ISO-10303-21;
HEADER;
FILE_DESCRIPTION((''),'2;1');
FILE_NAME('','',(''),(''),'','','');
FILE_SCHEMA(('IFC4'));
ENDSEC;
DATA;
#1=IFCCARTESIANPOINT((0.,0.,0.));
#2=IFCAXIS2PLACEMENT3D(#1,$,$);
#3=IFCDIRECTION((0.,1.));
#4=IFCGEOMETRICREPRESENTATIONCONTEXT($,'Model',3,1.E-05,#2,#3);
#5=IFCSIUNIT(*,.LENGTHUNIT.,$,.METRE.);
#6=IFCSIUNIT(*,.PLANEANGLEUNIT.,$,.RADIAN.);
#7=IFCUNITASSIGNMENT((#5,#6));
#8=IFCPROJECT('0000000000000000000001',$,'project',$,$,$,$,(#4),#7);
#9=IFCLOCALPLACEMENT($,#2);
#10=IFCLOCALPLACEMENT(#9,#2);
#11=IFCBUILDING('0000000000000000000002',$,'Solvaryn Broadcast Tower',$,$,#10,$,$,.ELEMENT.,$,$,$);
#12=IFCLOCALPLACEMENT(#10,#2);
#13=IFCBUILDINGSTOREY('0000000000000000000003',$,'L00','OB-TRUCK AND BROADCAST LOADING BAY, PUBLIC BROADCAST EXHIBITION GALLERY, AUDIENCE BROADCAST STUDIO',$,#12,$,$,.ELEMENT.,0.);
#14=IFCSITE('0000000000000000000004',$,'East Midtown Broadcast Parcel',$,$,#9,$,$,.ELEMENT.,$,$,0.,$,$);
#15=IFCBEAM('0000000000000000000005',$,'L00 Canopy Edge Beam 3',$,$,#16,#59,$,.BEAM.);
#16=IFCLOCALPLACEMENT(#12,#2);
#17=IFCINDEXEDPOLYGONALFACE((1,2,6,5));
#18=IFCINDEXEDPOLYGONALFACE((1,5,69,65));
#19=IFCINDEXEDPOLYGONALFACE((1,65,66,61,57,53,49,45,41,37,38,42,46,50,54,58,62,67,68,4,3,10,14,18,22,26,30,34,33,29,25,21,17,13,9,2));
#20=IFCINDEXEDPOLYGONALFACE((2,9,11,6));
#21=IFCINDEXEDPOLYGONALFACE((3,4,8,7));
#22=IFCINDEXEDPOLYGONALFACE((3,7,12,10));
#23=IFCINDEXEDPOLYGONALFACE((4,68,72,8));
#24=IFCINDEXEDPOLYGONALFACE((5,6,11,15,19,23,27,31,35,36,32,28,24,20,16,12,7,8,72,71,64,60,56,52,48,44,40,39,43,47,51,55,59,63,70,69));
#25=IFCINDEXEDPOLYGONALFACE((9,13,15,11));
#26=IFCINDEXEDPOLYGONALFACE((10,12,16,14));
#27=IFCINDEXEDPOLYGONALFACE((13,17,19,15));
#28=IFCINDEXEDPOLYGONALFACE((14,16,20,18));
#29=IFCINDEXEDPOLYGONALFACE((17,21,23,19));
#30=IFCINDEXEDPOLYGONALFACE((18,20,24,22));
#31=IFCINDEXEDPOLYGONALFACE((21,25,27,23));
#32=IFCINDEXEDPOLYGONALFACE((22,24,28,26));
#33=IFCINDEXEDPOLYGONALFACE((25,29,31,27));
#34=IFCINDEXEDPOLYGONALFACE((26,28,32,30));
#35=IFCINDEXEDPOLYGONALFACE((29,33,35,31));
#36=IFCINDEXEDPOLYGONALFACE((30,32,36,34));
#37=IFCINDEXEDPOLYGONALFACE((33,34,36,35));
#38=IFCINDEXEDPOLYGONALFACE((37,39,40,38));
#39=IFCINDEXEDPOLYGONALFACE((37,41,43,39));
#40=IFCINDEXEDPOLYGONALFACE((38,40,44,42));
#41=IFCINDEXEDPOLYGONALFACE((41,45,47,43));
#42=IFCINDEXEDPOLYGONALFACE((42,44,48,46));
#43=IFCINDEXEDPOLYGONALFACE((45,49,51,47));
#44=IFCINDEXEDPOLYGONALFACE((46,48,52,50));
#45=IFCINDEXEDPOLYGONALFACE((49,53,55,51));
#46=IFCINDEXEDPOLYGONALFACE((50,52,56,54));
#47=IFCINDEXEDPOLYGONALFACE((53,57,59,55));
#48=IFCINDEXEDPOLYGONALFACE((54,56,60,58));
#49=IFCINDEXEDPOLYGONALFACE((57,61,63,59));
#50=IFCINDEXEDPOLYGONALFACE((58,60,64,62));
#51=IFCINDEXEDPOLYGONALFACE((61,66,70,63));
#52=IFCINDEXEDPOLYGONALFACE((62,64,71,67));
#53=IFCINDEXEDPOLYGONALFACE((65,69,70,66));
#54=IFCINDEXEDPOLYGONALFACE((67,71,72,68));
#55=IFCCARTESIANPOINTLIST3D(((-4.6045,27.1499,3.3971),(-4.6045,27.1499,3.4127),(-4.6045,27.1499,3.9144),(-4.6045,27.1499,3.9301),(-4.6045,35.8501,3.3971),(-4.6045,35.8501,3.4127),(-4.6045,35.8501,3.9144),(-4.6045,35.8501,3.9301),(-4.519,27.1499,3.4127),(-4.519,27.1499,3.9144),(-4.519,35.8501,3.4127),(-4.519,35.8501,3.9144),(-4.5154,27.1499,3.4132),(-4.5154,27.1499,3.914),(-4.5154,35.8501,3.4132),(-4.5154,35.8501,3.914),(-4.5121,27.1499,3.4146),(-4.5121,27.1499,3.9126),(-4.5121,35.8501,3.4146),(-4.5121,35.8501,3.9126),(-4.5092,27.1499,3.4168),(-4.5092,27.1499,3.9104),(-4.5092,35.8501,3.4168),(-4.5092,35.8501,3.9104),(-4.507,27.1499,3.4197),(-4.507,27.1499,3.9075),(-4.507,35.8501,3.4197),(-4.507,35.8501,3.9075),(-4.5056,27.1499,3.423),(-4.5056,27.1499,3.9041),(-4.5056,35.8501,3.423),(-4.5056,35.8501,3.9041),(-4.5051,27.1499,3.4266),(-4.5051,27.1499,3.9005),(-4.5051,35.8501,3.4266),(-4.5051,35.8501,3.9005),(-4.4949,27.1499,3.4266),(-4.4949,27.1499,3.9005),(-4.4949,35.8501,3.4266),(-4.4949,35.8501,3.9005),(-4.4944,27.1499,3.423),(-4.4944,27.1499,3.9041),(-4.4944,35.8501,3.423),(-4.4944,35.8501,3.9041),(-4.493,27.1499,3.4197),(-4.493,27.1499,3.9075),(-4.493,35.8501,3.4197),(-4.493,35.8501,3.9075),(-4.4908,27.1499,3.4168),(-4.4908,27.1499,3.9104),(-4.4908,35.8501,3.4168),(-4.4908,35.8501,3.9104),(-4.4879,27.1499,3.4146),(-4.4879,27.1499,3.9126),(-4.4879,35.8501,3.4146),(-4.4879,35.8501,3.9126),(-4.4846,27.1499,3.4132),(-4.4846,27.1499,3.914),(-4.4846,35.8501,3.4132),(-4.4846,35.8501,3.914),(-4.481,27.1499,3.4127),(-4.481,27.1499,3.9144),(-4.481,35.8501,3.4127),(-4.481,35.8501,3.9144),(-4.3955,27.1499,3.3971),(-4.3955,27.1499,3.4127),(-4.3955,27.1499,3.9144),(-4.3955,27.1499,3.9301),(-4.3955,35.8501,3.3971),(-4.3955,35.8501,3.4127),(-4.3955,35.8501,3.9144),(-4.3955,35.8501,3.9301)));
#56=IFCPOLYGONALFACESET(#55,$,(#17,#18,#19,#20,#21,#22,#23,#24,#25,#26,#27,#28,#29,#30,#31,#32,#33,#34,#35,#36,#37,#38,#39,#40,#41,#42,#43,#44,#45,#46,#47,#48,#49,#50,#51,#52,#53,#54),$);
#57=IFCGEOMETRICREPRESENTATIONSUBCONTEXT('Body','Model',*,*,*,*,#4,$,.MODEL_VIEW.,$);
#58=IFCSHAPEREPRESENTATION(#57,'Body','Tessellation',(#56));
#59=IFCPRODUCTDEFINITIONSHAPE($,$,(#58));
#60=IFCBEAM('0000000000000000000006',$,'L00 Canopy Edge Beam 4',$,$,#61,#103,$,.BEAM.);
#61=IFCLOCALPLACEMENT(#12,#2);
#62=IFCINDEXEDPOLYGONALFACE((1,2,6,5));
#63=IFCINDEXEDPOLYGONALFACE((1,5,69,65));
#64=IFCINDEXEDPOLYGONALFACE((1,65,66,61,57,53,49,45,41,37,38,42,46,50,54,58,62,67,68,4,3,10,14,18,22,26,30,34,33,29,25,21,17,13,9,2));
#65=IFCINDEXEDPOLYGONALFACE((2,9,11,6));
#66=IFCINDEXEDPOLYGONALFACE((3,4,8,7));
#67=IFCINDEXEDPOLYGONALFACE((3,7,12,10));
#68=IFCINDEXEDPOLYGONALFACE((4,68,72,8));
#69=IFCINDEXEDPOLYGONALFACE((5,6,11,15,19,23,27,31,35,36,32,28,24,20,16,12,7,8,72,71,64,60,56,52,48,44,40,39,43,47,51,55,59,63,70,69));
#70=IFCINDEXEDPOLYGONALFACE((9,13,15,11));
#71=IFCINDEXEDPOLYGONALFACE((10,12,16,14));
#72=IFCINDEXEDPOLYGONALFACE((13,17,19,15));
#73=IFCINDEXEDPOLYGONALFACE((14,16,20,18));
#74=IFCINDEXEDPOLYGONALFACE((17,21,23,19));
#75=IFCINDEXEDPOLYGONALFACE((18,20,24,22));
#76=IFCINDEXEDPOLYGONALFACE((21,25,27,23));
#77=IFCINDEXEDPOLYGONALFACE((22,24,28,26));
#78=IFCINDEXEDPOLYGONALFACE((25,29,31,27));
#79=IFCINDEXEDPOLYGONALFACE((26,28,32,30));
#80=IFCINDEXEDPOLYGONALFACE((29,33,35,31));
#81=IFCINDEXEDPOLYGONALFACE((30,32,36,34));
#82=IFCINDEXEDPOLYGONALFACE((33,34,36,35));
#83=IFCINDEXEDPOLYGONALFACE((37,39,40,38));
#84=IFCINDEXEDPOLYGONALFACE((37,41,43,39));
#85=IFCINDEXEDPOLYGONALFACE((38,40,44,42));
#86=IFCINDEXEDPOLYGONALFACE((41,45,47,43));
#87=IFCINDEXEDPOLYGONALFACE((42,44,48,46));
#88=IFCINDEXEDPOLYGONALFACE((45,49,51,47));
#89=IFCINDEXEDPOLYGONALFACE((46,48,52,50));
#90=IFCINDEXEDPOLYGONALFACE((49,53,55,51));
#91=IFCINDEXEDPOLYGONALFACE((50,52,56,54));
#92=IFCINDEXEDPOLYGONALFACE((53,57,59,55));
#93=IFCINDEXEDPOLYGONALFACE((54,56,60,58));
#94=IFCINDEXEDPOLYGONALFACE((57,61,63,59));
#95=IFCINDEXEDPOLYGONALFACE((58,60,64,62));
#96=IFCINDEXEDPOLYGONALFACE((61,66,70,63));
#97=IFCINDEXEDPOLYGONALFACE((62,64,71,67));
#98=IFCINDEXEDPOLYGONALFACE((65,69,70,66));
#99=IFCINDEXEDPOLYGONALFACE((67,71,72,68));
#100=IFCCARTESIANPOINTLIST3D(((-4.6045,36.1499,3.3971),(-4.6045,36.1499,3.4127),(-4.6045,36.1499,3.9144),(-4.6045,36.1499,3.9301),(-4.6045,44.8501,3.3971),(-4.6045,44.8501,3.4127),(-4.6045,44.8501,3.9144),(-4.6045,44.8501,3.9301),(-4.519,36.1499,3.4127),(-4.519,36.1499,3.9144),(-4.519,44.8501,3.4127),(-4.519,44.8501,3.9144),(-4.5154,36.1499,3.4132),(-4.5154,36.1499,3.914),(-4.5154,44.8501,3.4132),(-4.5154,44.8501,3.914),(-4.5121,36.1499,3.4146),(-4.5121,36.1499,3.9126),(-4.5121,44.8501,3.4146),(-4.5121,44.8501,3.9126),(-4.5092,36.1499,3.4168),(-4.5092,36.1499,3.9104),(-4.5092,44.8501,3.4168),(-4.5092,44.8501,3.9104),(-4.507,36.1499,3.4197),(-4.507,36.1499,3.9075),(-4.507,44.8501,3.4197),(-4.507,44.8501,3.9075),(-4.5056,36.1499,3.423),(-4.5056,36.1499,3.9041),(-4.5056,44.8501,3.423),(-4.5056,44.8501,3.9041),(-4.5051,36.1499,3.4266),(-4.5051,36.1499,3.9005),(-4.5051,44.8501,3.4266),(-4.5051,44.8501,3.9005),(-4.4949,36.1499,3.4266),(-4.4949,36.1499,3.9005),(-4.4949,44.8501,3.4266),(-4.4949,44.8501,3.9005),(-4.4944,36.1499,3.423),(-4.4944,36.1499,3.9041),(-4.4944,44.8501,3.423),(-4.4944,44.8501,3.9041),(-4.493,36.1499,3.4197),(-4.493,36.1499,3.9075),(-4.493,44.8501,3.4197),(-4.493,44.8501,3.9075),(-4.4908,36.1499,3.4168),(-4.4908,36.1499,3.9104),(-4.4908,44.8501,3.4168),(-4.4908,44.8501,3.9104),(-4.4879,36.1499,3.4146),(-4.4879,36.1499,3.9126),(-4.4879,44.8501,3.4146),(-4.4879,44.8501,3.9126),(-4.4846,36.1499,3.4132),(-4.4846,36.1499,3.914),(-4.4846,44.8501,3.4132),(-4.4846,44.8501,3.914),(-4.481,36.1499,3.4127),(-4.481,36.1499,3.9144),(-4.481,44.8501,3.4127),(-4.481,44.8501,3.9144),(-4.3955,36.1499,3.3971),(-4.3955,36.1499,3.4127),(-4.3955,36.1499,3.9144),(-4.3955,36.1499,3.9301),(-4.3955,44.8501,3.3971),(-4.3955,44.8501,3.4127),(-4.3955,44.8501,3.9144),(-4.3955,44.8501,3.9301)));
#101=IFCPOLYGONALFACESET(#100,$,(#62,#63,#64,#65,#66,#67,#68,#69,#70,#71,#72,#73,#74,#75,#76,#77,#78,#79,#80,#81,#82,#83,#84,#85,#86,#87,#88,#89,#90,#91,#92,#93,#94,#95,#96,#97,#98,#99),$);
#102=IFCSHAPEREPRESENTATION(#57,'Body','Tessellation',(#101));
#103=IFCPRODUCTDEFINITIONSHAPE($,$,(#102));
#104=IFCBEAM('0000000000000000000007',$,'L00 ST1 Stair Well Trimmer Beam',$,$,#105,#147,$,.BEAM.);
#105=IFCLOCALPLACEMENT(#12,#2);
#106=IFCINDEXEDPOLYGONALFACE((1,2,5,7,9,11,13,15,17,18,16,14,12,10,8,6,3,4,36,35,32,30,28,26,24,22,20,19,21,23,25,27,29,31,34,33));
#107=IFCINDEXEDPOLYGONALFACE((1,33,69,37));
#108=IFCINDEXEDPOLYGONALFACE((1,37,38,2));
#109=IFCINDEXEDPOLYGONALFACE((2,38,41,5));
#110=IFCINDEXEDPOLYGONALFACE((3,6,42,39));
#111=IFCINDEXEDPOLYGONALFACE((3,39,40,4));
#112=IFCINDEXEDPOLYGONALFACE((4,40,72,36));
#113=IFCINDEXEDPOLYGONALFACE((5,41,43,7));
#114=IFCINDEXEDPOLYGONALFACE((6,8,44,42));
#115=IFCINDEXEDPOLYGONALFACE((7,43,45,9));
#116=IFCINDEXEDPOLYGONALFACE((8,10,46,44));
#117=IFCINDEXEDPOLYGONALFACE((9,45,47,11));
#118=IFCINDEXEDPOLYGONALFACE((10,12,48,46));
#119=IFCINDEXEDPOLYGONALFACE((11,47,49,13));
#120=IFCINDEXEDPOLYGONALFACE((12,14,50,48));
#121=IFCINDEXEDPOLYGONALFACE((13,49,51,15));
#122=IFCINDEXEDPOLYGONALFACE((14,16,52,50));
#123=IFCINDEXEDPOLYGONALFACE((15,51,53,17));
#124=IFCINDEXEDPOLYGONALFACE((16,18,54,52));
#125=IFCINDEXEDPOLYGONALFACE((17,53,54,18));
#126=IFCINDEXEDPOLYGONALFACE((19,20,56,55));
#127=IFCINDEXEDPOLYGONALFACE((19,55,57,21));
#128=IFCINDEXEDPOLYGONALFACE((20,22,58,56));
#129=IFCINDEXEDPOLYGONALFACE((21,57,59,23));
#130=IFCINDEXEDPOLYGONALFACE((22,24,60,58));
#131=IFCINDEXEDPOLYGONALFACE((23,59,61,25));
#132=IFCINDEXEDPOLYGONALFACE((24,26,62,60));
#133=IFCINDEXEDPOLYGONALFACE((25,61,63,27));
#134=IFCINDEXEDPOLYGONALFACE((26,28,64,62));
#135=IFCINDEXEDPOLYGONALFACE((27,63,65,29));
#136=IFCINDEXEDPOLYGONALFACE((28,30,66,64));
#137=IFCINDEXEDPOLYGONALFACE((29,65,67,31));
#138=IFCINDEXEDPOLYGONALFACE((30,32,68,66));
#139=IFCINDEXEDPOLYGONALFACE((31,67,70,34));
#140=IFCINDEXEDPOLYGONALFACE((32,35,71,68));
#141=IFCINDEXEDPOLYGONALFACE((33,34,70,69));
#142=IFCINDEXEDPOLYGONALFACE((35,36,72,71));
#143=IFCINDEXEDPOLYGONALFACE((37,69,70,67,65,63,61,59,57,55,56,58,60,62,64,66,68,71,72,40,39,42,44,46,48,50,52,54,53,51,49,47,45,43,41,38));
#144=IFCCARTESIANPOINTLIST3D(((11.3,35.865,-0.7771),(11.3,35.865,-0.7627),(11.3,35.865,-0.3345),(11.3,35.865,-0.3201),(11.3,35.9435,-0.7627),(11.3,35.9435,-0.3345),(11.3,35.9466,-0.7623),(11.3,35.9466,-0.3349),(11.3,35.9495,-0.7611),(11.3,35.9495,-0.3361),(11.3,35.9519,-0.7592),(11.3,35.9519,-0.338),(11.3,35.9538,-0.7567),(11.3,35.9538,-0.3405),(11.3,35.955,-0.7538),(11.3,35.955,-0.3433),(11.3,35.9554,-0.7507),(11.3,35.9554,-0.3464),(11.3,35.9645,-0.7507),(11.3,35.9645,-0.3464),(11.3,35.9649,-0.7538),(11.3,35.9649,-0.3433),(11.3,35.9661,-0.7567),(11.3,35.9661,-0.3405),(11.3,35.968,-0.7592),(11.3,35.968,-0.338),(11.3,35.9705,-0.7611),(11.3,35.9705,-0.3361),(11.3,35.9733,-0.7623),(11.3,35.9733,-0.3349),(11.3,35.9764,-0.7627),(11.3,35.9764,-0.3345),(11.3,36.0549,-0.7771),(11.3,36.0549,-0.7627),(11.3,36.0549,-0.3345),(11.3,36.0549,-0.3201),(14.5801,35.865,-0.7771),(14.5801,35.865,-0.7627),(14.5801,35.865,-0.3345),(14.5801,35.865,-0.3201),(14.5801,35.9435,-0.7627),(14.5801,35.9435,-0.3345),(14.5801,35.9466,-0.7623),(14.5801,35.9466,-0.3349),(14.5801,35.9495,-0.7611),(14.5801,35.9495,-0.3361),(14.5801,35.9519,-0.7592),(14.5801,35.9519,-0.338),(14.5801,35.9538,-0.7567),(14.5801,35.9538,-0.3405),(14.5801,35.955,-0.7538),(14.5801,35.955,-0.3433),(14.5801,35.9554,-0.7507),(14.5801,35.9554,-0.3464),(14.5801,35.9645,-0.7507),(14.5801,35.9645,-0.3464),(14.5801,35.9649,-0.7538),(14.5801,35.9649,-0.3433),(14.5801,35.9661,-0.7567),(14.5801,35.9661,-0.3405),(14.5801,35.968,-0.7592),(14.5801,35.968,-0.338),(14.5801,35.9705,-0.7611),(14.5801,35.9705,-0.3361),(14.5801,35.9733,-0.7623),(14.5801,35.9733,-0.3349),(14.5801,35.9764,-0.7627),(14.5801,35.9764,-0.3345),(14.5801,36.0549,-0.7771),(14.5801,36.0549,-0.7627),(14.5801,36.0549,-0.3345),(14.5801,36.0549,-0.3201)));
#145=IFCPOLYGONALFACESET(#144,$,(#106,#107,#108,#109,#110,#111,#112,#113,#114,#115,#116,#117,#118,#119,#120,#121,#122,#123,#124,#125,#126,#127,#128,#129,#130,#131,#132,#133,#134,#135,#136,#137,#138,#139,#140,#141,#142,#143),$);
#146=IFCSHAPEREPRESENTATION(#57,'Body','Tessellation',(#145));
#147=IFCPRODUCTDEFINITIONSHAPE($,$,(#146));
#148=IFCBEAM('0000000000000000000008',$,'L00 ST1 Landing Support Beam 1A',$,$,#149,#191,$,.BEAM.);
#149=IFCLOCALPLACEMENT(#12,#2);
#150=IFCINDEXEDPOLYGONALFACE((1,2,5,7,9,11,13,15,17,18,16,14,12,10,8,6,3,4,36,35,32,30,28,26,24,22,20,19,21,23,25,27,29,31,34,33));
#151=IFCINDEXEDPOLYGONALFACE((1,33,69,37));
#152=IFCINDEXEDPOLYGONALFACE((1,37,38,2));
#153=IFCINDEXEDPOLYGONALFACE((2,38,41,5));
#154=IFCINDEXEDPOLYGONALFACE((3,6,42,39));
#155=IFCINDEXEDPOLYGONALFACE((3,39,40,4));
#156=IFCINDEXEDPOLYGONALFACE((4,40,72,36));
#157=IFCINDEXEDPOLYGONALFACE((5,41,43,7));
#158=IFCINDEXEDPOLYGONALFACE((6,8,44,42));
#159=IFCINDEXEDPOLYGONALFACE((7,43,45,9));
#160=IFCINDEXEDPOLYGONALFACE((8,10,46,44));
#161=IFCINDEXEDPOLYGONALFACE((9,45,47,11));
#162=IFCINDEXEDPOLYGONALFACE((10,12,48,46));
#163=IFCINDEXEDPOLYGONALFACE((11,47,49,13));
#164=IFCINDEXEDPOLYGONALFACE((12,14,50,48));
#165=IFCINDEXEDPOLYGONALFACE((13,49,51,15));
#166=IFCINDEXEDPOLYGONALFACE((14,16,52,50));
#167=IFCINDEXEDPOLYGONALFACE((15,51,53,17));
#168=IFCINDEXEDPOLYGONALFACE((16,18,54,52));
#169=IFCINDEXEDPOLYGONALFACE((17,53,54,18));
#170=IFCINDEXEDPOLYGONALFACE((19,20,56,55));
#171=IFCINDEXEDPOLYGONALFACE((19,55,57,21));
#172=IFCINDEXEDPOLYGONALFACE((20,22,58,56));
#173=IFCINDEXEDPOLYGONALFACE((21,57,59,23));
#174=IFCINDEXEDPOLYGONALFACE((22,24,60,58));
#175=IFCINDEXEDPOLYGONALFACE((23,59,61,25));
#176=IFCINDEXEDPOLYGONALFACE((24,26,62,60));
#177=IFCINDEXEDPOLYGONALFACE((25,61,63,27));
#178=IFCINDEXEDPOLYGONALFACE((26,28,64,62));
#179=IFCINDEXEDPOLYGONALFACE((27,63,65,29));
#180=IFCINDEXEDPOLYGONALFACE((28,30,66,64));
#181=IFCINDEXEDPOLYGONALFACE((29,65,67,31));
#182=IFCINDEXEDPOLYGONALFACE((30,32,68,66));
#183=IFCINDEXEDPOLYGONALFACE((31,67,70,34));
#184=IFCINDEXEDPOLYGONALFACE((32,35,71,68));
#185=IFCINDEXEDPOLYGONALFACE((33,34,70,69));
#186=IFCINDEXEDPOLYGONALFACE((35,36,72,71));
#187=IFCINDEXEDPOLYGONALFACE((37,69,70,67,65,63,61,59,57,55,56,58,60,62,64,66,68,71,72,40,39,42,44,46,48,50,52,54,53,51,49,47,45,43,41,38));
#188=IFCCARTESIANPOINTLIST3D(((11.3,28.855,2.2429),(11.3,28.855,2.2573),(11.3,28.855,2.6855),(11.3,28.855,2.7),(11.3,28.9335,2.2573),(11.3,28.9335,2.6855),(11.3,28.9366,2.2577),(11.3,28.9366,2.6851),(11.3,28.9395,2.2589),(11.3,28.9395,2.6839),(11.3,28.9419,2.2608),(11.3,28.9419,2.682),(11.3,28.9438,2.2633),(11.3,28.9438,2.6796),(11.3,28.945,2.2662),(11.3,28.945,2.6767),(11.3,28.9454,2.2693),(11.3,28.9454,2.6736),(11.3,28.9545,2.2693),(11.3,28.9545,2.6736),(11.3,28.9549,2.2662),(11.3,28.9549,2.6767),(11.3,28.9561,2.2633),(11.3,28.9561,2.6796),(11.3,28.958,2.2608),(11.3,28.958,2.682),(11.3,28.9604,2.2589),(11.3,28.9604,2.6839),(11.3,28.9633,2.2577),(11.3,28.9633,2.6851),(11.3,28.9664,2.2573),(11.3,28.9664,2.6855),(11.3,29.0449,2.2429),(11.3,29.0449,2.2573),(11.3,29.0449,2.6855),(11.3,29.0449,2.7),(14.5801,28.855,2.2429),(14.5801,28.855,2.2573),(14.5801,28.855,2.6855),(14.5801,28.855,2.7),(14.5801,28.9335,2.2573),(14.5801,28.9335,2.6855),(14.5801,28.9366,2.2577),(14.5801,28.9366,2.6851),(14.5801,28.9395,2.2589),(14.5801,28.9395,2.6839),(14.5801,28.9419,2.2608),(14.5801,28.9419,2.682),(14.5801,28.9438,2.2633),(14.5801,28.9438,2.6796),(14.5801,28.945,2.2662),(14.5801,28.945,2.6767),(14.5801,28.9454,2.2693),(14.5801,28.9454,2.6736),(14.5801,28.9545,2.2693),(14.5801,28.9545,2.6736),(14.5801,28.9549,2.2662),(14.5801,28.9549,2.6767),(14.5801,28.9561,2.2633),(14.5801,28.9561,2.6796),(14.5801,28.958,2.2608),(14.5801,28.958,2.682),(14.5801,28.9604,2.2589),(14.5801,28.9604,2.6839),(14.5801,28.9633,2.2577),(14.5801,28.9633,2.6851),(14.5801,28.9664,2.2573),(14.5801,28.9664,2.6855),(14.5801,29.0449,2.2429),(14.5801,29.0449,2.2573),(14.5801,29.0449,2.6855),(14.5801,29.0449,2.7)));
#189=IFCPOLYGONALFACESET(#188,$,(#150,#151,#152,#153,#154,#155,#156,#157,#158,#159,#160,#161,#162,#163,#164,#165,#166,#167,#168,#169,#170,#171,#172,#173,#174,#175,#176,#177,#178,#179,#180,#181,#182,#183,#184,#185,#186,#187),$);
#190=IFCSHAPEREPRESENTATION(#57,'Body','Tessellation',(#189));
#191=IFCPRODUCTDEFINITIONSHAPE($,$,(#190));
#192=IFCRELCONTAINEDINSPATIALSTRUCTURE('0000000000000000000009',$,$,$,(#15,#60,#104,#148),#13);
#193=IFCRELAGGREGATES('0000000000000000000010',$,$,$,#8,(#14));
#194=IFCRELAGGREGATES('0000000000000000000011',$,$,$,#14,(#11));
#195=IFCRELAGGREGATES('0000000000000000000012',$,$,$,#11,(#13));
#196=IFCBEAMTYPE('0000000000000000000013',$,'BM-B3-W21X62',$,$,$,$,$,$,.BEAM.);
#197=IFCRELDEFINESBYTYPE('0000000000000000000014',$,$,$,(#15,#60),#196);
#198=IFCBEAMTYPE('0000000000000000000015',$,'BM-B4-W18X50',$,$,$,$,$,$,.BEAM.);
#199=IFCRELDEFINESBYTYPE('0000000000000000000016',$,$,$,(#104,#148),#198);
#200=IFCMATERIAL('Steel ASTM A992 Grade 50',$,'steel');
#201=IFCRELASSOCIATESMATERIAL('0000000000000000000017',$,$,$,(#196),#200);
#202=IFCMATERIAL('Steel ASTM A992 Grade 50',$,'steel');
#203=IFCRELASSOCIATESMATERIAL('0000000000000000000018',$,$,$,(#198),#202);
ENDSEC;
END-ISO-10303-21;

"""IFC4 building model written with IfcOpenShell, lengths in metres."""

from ifc_helpers import new_model, si_unit, direction, frame, origin, origin_2d, place, context, subcontext, project, spatial, i_section, extrude, material, material_profile, profile_set, type_object, element, save


model = new_model("IFC4")

# Units and contexts
model_context = context("Model", 3, precision=1e-05, world=origin(), true_north=direction((0.0, 1.0)))
body_context = subcontext(model_context, "Body", "Model", "MODEL_VIEW")
ifc_project = project(units=[si_unit("LENGTHUNIT", "METRE"), si_unit("PLANEANGLEUNIT", "RADIAN")], contexts=[model_context])

# Site, building, storey
site_placement = place(None, origin())
site = spatial("IfcSite", under=ifc_project, at=site_placement, Name="East Midtown Broadcast Parcel", CompositionType="ELEMENT", RefElevation=0.0)
building_placement = place(site_placement, origin())
building = spatial("IfcBuilding", under=site, at=building_placement, Name="Solvaryn Broadcast Tower", CompositionType="ELEMENT")
storey_placement = place(building_placement, origin())
storey = spatial("IfcBuildingStorey", under=building, at=storey_placement, Name="L00", Description="OB-TRUCK AND BROADCAST LOADING BAY, PUBLIC BROADCAST EXHIBITION GALLERY, AUDIENCE BROADCAST STUDIO", CompositionType="ELEMENT", Elevation=0.0)

# Beams
ifc_material_1 = material(Name="Steel ASTM A992 Grade 50", Category="steel")
ifc_material_profile_1 = material_profile(ifc_material_1, i_section(OverallWidth=0.209, OverallDepth=0.533, WebThickness=0.0103, FlangeThickness=0.0156, FilletRadius=0.0139, at=origin_2d()))
ifc_profile_set_1 = profile_set([ifc_material_profile_1], Name="Steel ASTM A992 Grade 50")
beam_type_1 = type_object("IfcBeamType", Name="BM-B3-W21X62", PredefinedType="BEAM", material=ifc_profile_set_1)
for number, where, z_axis, x_axis, name in (
    (1, (-4.5, 27.1499, 3.6636), (0.0, 1.0, 0.0), (-1.0, 0.0, 0.0), "L00 Canopy Edge Beam 3"),
    (2, (-4.5, 36.1499, 3.6636), (0.0, 1.0, 0.0), (-1.0, 0.0, 0.0), "L00 Canopy Edge Beam 4"),
):
    element("IfcBeam", number, at=place(storey_placement, frame(where, z_axis=z_axis, x_axis=x_axis)), inside=storey, type_object=beam_type_1, Name=name, PredefinedType="BEAM", context=body_context, shape_type="SweptSolid", body=[
        extrude(i_section(OverallWidth=0.209, OverallDepth=0.533, WebThickness=0.0103, FlangeThickness=0.0156, FilletRadius=0.0139, at=origin_2d()), origin(), (0.0, 0.0, 1.0), 8.7002),
    ])
ifc_material_2 = material(Name="Steel ASTM A992 Grade 50", Category="steel")
ifc_material_profile_2 = material_profile(ifc_material_2, i_section(OverallWidth=0.1899, OverallDepth=0.457, WebThickness=0.009, FlangeThickness=0.0144, FilletRadius=0.012, at=origin_2d()))
ifc_profile_set_2 = profile_set([ifc_material_profile_2], Name="Steel ASTM A992 Grade 50")
beam_type_2 = type_object("IfcBeamType", Name="BM-B4-W18X50", PredefinedType="BEAM", material=ifc_profile_set_2)
for number, where, z_axis, x_axis, name in (
    (3, (11.3, 35.96, -0.5486), (1.0, 0.0, 0.0), (0.0, 1.0, 0.0), "L00 ST1 Stair Well Trimmer Beam"),
    (4, (11.3, 28.95, 2.4714), (1.0, 0.0, 0.0), (0.0, 1.0, 0.0), "L00 ST1 Landing Support Beam 1A"),
):
    element("IfcBeam", number, at=place(storey_placement, frame(where, z_axis=z_axis, x_axis=x_axis)), inside=storey, type_object=beam_type_2, Name=name, PredefinedType="BEAM", context=body_context, shape_type="SweptSolid", body=[
        extrude(i_section(OverallWidth=0.1899, OverallDepth=0.457, WebThickness=0.009, FlangeThickness=0.0144, FilletRadius=0.012, at=origin_2d()), origin(), (0.0, 0.0, 1.0), 3.28),
    ])

save(model, "model.ifc")
